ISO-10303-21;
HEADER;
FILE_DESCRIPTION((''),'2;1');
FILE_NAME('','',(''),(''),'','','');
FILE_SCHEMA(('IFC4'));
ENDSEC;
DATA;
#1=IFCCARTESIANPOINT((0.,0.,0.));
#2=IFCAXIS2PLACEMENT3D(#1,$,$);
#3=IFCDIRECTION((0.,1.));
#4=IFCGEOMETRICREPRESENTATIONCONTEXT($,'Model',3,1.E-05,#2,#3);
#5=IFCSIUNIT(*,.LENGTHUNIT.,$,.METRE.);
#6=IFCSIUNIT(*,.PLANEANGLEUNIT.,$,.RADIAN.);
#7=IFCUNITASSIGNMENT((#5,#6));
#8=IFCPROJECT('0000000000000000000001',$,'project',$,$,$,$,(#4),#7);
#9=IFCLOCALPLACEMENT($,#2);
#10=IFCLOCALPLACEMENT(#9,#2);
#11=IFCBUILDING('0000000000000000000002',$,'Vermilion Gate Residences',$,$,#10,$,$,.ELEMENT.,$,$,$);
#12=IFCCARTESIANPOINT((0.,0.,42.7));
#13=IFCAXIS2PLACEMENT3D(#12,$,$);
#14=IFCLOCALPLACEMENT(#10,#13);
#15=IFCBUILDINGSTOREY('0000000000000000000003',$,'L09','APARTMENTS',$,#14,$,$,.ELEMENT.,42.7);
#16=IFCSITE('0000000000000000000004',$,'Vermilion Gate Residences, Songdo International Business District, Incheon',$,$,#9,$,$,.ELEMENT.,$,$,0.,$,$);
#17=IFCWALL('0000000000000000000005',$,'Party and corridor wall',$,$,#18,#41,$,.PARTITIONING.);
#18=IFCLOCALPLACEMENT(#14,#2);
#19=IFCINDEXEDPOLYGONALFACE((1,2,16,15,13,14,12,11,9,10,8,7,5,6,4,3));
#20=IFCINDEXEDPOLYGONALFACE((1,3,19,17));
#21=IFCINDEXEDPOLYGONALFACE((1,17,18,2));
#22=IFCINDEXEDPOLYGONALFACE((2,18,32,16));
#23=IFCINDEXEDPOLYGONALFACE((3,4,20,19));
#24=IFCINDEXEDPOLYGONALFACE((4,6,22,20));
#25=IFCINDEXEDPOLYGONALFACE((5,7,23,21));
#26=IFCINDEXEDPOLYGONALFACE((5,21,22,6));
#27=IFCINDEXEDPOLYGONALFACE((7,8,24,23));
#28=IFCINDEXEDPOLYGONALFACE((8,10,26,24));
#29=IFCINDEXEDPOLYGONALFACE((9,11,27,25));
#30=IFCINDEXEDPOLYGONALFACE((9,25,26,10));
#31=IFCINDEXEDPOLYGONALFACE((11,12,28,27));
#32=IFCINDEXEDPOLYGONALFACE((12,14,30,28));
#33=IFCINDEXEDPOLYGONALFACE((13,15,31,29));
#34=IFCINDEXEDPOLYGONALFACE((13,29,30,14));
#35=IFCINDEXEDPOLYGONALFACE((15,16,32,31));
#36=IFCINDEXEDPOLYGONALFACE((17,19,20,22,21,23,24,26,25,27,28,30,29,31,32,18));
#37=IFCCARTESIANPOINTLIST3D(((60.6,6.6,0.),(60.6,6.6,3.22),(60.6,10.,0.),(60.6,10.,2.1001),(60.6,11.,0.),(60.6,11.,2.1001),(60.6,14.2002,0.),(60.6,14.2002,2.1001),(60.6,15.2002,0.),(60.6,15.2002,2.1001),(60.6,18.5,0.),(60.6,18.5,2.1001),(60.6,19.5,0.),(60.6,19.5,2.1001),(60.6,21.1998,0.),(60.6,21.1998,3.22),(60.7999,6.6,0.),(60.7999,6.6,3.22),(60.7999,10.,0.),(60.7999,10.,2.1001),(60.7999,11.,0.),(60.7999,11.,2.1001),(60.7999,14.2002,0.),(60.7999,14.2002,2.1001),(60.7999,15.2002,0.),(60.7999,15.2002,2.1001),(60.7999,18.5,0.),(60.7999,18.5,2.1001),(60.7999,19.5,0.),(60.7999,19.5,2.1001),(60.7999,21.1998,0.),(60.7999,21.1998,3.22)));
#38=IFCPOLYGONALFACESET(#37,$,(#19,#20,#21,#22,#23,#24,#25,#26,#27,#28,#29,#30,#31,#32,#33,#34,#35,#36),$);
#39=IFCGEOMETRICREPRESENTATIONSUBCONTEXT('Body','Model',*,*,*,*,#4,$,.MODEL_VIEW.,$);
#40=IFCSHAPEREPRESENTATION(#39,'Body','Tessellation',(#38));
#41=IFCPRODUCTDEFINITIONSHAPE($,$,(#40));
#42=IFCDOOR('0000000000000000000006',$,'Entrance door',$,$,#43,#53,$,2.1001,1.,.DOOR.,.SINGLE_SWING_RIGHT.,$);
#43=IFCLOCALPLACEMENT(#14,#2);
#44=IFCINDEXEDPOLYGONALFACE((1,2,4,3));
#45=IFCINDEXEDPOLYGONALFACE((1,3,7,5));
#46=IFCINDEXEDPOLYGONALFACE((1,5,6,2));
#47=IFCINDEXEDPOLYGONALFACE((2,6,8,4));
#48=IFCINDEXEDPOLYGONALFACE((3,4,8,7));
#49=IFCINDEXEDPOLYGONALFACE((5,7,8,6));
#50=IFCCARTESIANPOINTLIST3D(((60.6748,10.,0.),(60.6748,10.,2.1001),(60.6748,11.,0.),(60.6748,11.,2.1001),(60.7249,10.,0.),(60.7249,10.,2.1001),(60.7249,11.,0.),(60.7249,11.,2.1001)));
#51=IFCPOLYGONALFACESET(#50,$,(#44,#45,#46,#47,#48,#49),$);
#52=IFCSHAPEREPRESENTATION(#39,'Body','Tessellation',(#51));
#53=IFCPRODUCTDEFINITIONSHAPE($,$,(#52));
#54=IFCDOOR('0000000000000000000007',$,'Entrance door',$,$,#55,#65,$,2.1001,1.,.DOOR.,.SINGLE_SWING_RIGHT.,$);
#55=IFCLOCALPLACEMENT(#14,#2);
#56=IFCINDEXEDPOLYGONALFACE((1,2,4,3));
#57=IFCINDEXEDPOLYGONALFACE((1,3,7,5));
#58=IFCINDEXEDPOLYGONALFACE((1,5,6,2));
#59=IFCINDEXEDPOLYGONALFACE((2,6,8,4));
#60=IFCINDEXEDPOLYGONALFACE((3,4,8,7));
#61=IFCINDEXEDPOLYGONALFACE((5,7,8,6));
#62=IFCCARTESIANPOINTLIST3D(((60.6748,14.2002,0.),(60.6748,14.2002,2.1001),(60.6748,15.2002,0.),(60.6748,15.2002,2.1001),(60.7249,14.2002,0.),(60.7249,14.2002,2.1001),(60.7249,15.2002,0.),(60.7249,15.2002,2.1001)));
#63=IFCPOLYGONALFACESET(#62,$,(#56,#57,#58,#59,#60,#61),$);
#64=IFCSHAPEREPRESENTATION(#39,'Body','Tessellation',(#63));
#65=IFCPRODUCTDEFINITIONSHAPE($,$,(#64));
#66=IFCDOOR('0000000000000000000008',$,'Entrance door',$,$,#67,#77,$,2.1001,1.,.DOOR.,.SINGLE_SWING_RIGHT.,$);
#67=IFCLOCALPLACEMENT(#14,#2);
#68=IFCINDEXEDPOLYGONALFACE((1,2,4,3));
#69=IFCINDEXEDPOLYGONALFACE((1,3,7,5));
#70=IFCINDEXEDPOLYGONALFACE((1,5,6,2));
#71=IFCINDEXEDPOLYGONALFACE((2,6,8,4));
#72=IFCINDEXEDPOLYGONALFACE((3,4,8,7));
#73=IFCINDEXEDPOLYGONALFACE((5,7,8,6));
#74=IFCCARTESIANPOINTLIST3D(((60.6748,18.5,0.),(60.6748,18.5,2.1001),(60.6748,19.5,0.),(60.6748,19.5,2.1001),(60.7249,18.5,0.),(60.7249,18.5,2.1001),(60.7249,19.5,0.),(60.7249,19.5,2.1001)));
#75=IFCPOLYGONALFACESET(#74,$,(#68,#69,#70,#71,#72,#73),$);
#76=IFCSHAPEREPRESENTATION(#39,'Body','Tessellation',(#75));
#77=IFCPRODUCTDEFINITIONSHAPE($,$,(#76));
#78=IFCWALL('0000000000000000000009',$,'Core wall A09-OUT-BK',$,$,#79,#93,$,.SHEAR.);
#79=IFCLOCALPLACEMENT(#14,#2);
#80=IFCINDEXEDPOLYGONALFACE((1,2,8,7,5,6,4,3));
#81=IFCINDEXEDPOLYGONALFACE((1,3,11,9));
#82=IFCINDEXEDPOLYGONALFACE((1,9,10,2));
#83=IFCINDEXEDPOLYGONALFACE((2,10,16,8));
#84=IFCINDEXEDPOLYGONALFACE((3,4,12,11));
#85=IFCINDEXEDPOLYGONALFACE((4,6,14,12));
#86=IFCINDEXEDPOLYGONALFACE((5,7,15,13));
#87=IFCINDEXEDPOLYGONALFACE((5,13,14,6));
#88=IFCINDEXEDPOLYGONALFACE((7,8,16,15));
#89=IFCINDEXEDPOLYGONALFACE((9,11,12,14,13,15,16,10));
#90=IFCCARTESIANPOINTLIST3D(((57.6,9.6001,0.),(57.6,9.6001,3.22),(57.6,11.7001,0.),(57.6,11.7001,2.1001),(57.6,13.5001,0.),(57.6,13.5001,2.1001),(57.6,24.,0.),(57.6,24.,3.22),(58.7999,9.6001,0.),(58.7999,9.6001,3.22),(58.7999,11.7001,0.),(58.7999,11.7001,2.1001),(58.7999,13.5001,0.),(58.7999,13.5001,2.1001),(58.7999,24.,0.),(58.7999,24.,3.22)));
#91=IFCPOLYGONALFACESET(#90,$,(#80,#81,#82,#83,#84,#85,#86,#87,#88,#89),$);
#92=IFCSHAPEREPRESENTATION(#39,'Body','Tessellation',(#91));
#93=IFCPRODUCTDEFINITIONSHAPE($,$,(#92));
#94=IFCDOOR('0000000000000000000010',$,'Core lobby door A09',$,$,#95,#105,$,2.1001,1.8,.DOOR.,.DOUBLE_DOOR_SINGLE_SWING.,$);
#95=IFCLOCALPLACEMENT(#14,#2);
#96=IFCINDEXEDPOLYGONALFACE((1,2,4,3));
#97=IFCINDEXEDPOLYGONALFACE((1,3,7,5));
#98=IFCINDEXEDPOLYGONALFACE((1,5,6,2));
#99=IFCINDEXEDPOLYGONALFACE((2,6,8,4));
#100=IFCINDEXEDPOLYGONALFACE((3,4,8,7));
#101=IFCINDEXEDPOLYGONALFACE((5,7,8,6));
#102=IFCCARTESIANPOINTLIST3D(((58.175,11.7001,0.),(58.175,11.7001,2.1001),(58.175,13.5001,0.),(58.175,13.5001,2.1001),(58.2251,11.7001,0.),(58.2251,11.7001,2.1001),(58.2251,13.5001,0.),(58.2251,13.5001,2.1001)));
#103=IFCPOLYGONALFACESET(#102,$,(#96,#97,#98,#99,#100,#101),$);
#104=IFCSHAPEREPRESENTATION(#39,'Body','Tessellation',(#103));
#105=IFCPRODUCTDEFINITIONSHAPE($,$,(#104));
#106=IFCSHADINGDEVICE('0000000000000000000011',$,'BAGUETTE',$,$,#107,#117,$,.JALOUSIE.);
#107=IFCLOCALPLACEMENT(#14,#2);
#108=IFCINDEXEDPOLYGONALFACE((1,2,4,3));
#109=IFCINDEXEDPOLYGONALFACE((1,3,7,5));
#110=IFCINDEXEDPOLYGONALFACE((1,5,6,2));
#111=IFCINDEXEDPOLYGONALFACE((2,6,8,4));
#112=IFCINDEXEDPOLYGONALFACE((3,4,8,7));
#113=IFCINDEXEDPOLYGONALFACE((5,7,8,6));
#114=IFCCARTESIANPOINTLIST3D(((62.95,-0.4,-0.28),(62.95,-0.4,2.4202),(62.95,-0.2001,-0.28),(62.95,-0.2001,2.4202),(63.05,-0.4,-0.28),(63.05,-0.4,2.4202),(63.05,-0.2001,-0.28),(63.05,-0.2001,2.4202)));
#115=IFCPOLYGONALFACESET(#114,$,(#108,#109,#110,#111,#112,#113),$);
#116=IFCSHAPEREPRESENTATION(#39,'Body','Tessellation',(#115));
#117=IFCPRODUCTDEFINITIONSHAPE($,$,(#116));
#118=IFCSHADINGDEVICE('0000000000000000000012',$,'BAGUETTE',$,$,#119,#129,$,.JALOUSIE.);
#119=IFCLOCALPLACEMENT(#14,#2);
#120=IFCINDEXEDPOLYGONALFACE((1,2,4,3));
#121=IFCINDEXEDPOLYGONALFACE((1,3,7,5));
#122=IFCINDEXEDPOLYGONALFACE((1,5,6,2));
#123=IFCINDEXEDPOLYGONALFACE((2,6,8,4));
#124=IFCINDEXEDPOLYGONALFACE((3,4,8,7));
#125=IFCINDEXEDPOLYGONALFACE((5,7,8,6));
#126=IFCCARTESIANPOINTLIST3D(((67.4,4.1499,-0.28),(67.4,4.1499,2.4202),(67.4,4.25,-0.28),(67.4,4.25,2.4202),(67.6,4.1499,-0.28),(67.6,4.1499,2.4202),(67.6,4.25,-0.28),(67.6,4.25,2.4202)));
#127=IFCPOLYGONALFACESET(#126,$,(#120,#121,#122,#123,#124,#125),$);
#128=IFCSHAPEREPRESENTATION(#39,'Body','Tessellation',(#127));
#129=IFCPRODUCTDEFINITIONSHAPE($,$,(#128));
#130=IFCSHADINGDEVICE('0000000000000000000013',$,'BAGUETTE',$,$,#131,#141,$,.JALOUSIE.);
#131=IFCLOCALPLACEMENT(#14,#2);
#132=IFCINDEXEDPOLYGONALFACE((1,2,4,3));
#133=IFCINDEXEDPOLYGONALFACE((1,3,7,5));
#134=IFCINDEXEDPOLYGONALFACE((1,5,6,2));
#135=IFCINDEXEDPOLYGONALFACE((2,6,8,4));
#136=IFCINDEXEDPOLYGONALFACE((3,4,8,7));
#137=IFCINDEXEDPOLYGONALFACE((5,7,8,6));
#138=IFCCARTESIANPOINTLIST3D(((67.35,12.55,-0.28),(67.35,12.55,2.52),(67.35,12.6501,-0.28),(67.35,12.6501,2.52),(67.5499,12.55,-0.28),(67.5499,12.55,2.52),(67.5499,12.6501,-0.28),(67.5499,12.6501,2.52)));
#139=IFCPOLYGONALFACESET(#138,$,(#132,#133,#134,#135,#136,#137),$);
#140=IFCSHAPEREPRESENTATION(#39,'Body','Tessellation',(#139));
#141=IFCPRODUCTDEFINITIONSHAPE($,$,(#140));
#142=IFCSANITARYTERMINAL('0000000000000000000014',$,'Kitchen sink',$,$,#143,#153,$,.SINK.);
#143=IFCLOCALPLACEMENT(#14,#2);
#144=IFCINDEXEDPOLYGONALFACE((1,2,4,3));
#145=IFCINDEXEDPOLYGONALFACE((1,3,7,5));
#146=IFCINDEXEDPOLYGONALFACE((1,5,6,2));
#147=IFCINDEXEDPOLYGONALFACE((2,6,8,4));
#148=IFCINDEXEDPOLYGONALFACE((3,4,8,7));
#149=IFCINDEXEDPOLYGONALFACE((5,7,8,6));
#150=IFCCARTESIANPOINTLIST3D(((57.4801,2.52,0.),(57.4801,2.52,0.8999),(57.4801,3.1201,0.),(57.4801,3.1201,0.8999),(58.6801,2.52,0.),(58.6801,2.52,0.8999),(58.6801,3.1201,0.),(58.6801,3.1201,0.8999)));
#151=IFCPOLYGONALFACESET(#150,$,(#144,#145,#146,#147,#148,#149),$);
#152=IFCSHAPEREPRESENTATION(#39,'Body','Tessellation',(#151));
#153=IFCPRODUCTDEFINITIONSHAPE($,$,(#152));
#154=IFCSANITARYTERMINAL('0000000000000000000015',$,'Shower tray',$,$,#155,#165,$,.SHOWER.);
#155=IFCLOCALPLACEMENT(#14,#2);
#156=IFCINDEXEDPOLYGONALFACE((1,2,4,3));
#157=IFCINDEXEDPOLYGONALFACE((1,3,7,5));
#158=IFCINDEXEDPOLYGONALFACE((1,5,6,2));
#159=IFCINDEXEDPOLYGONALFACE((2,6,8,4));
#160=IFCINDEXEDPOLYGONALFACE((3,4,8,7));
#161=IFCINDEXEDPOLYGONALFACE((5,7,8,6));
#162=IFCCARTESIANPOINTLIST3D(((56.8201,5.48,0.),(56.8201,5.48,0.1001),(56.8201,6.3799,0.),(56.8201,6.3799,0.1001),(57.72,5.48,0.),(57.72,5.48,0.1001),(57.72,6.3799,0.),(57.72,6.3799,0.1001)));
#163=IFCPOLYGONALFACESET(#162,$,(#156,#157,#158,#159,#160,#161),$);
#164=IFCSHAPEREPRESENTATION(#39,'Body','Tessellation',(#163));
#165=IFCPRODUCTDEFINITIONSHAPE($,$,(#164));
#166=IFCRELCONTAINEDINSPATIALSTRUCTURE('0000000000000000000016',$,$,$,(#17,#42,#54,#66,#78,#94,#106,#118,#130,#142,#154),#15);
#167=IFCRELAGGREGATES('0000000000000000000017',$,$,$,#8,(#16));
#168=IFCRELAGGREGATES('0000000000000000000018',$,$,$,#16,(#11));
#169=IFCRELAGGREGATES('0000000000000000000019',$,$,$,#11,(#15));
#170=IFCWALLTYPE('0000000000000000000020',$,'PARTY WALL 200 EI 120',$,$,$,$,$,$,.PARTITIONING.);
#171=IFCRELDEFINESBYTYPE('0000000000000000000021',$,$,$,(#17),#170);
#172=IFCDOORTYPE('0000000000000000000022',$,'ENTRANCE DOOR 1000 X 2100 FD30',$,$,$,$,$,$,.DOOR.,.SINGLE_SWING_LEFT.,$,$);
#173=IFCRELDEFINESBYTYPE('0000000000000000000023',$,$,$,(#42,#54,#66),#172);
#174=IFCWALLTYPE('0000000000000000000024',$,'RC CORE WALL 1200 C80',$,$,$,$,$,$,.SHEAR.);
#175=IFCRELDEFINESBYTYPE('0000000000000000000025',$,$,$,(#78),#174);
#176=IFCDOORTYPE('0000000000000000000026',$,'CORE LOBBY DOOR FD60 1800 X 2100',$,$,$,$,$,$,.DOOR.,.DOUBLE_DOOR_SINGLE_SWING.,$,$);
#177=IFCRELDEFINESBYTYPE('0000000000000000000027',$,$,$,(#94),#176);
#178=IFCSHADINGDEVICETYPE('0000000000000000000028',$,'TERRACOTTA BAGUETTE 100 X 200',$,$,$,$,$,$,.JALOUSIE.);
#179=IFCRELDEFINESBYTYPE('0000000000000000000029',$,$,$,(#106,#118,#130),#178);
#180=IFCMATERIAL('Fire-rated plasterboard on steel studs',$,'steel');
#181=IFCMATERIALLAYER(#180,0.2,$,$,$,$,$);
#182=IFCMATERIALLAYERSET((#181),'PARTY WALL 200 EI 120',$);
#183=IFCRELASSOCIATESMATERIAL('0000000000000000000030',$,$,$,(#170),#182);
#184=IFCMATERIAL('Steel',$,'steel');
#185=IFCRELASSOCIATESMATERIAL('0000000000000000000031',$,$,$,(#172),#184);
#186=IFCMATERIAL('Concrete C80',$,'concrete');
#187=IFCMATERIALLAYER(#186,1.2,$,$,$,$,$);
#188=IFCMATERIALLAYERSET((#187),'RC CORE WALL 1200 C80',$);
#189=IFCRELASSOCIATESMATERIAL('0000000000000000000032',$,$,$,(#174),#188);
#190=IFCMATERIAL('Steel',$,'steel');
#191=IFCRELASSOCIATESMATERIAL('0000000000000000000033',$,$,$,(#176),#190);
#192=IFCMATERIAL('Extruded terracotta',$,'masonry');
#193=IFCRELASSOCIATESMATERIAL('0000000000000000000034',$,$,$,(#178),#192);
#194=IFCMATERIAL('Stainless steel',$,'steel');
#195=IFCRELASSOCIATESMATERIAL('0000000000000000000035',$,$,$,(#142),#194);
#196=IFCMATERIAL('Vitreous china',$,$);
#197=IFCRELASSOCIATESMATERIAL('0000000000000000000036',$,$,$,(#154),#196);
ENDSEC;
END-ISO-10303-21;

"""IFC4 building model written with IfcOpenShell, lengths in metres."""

from ifc_helpers import new_model, si_unit, direction, frame, frame_2d, origin, origin_2d, place, context, subcontext, project, spatial, rectangle, extrude, material, layer, layer_set, material_profile, profile_set, type_object, element, fill, save


model = new_model("IFC4")

# Units and contexts
model_context = context("Model", 3, precision=1e-05, world=origin(), true_north=direction((0.0, 1.0)))
body_context = subcontext(model_context, "Body", "Model", "MODEL_VIEW")
ifc_project = project(units=[si_unit("LENGTHUNIT", "METRE"), si_unit("PLANEANGLEUNIT", "RADIAN")], contexts=[model_context])

# Site, building, storey
site_placement = place(None, origin())
site = spatial("IfcSite", under=ifc_project, at=site_placement, Name="Vermilion Gate Residences, Songdo International Business District, Incheon", CompositionType="ELEMENT", RefElevation=0.0)
building_placement = place(site_placement, origin())
building = spatial("IfcBuilding", under=site, at=building_placement, Name="Vermilion Gate Residences", CompositionType="ELEMENT")
storey_placement = place(building_placement, frame((0.0, 0.0, 42.7)))
storey = spatial("IfcBuildingStorey", under=building, at=storey_placement, Name="L09", Description="APARTMENTS", CompositionType="ELEMENT", Elevation=42.7)

# Shared definitions
ifc_material_1 = material(Name="Fire-rated plasterboard on steel studs", Category="steel")
ifc_layer_1 = layer(ifc_material_1, 0.2)
ifc_layer_set_1 = layer_set([ifc_layer_1], Name="PARTY WALL 200 EI 120")
wall_type_1 = type_object("IfcWallType", Name="PARTY WALL 200 EI 120", PredefinedType="PARTITIONING", material=ifc_layer_set_1)

# Wall, openings, doors
wall_1_placement = place(storey_placement, frame((60.7, 6.6001, 0.0), z_axis=(0.0, 0.0, 1.0), x_axis=(0.0, 1.0, 0.0)))
wall_1 = element("IfcWall", 1, at=wall_1_placement, inside=storey, type_object=wall_type_1, Name="Party and corridor wall", PredefinedType="PARTITIONING", context=body_context, shape_type="SweptSolid", body=[
    extrude(rectangle(XDim=14.5999, YDim=0.2, at=frame_2d((7.2998, 0.0))), origin(), (0.0, 0.0, 1.0), 3.22),
])
opening_1_placement = place(wall_1_placement, frame((3.3999, 0.0, 0.0)))
opening_1 = element("IfcOpeningElement", 2, at=opening_1_placement, cuts=wall_1, PredefinedType="OPENING", context=body_context, shape_type="SweptSolid", body=[
    extrude(rectangle(XDim=1.0, YDim=2.1001, at=frame_2d((0.5, 1.05))), frame((0.0, 0.1099, 0.0), z_axis=(0.0, -1.0, 0.0), x_axis=(1.0, 0.0, 0.0)), (0.0, 0.0, 1.0), 0.22),
])
opening_2_placement = place(wall_1_placement, frame((7.6001, 0.0, 0.0)))
opening_2 = element("IfcOpeningElement", 3, at=opening_2_placement, cuts=wall_1, PredefinedType="OPENING", context=body_context, shape_type="SweptSolid", body=[
    extrude(rectangle(XDim=1.0, YDim=2.1001, at=frame_2d((0.5, 1.05))), frame((0.0, 0.1099, 0.0), z_axis=(0.0, -1.0, 0.0), x_axis=(1.0, 0.0, 0.0)), (0.0, 0.0, 1.0), 0.22),
])
opening_3_placement = place(wall_1_placement, frame((11.8999, 0.0, 0.0)))
opening_3 = element("IfcOpeningElement", 4, at=opening_3_placement, cuts=wall_1, PredefinedType="OPENING", context=body_context, shape_type="SweptSolid", body=[
    extrude(rectangle(XDim=1.0, YDim=2.1001, at=frame_2d((0.5, 1.05))), frame((0.0, 0.1099, 0.0), z_axis=(0.0, -1.0, 0.0), x_axis=(1.0, 0.0, 0.0)), (0.0, 0.0, 1.0), 0.22),
])
ifc_material_2 = material(Name="Steel", Category="steel")
door_type_1 = type_object("IfcDoorType", Name="ENTRANCE DOOR 1000 X 2100 FD30", OperationType="SINGLE_SWING_LEFT", PredefinedType="DOOR", material=ifc_material_2)
door_1_placement = place(opening_1_placement, frame((1.0, 0.0, 0.0), z_axis=(0.0, 0.0, 1.0), x_axis=(-1.0, 0.0, 0.0)))
door_1 = element("IfcDoor", 5, at=door_1_placement, inside=storey, type_object=door_type_1, Name="Entrance door", OperationType="SINGLE_SWING_RIGHT", OverallHeight=2.1001, OverallWidth=1.0, PredefinedType="DOOR", context=body_context, shape_type="SweptSolid", body=[
    extrude(rectangle(XDim=1.0, YDim=2.1001, at=frame_2d((0.5, 1.05))), frame((0.0, 0.0249, 0.0), z_axis=(0.0, -1.0, 0.0), x_axis=(1.0, 0.0, 0.0)), (0.0, 0.0, 1.0), 0.05),
])
fill(opening_1, door_1)
door_2_placement = place(opening_2_placement, frame((1.0, 0.0, 0.0), z_axis=(0.0, 0.0, 1.0), x_axis=(-1.0, 0.0, 0.0)))
door_2 = element("IfcDoor", 6, at=door_2_placement, inside=storey, type_object=door_type_1, Name="Entrance door", OperationType="SINGLE_SWING_RIGHT", OverallHeight=2.1001, OverallWidth=1.0, PredefinedType="DOOR", context=body_context, shape_type="SweptSolid", body=[
    extrude(rectangle(XDim=1.0, YDim=2.1001, at=frame_2d((0.5, 1.05))), frame((0.0, 0.0249, 0.0), z_axis=(0.0, -1.0, 0.0), x_axis=(1.0, 0.0, 0.0)), (0.0, 0.0, 1.0), 0.05),
])
fill(opening_2, door_2)
door_3_placement = place(opening_3_placement, frame((1.0, 0.0, 0.0), z_axis=(0.0, 0.0, 1.0), x_axis=(-1.0, 0.0, 0.0)))
door_3 = element("IfcDoor", 7, at=door_3_placement, inside=storey, type_object=door_type_1, Name="Entrance door", OperationType="SINGLE_SWING_RIGHT", OverallHeight=2.1001, OverallWidth=1.0, PredefinedType="DOOR", context=body_context, shape_type="SweptSolid", body=[
    extrude(rectangle(XDim=1.0, YDim=2.1001, at=frame_2d((0.5, 1.05))), frame((0.0, 0.0249, 0.0), z_axis=(0.0, -1.0, 0.0), x_axis=(1.0, 0.0, 0.0)), (0.0, 0.0, 1.0), 0.05),
])
fill(opening_3, door_3)

# Wall, opening, door
ifc_material_3 = material(Name="Concrete C80", Category="concrete")
ifc_layer_2 = layer(ifc_material_3, 1.2)
ifc_layer_set_2 = layer_set([ifc_layer_2], Name="RC CORE WALL 1200 C80")
wall_type_2 = type_object("IfcWallType", Name="RC CORE WALL 1200 C80", PredefinedType="SHEAR", material=ifc_layer_set_2)
wall_2_placement = place(storey_placement, frame((58.2, 9.6001, 0.0), z_axis=(0.0, 0.0, 1.0), x_axis=(0.0, 1.0, 0.0)))
wall_2 = element("IfcWall", 8, at=wall_2_placement, inside=storey, type_object=wall_type_2, Name="Core wall A09-OUT-BK", PredefinedType="SHEAR", context=body_context, shape_type="SweptSolid", body=[
    extrude(rectangle(XDim=14.3999, YDim=1.2, at=frame_2d((7.2, 0.0))), origin(), (0.0, 0.0, 1.0), 3.22),
])
opening_4_placement = place(wall_2_placement, frame((2.1001, 0.0, 0.0)))
opening_4 = element("IfcOpeningElement", 9, at=opening_4_placement, cuts=wall_2, PredefinedType="OPENING", context=body_context, shape_type="SweptSolid", body=[
    extrude(rectangle(XDim=1.8, YDim=2.1001, at=frame_2d((0.8999, 1.05))), frame((0.0, 0.6099, 0.0), z_axis=(0.0, -1.0, 0.0), x_axis=(1.0, 0.0, 0.0)), (0.0, 0.0, 1.0), 1.22),
])
ifc_material_4 = material(Name="Steel", Category="steel")
door_type_2 = type_object("IfcDoorType", Name="CORE LOBBY DOOR FD60 1800 X 2100", OperationType="DOUBLE_DOOR_SINGLE_SWING", PredefinedType="DOOR", material=ifc_material_4)
door_4_placement = place(opening_4_placement, origin())
door_4 = element("IfcDoor", 10, at=door_4_placement, inside=storey, type_object=door_type_2, Name="Core lobby door A09", OperationType="DOUBLE_DOOR_SINGLE_SWING", OverallHeight=2.1001, OverallWidth=1.8, PredefinedType="DOOR", context=body_context, shape_type="SweptSolid", body=[
    extrude(rectangle(XDim=1.8, YDim=2.1001, at=frame_2d((0.8999, 1.05))), frame((0.0, 0.0249, 0.0), z_axis=(0.0, -1.0, 0.0), x_axis=(1.0, 0.0, 0.0)), (0.0, 0.0, 1.0), 0.05),
])
fill(opening_4, door_4)

# Shading devices
ifc_material_5 = material(Name="Extruded terracotta", Category="masonry")
ifc_material_profile_1 = material_profile(ifc_material_5, rectangle(XDim=0.2, YDim=0.1001, at=origin_2d()), Name="BAGUETTE 100 X 200")
ifc_profile_set_1 = profile_set([ifc_material_profile_1], Name="Extruded terracotta")
shading_device_type = type_object("IfcShadingDeviceType", Name="TERRACOTTA BAGUETTE 100 X 200", PredefinedType="JALOUSIE", material=ifc_profile_set_1)
for number, where, z_axis, x_axis, name in (
    (11, (63.0, -0.3, -0.28), (0.0, 0.0, 1.0), (0.0, 1.0, 0.0), "BAGUETTE"),
    (12, (67.5, 4.2, -0.28), (0.0, 0.0, 1.0), (-1.0, 0.0, 0.0), "BAGUETTE"),
):
    element("IfcShadingDevice", number, at=place(storey_placement, frame(where, z_axis=z_axis, x_axis=x_axis)), inside=storey, type_object=shading_device_type, Name=name, PredefinedType="JALOUSIE", context=body_context, shape_type="SweptSolid", body=[
        extrude(rectangle(XDim=0.2, YDim=0.1001, at=origin_2d()), origin(), (0.0, 0.0, 1.0), 2.7002),
    ])
shading_device_placement = place(storey_placement, frame((67.45, 12.6001, -0.28), z_axis=(0.0, 0.0, 1.0), x_axis=(-1.0, 0.0, 0.0)))
element("IfcShadingDevice", 13, at=shading_device_placement, inside=storey, type_object=shading_device_type, Name="BAGUETTE", PredefinedType="JALOUSIE", context=body_context, shape_type="SweptSolid", body=[
    extrude(rectangle(XDim=0.2, YDim=0.1001, at=origin_2d()), origin(), (0.0, 0.0, 1.0), 2.8),
])

# Sanitary terminals
ifc_material_6 = material(Name="Stainless steel", Category="steel")
sanitary_terminal_1_placement = place(storey_placement, frame((58.0801, 2.8201, 0.0), z_axis=(0.0, 0.0, 1.0), x_axis=(1.0, 0.0, 0.0)))
element("IfcSanitaryTerminal", 14, at=sanitary_terminal_1_placement, inside=storey, material=ifc_material_6, Name="Kitchen sink", PredefinedType="SINK", context=body_context, shape_type="SweptSolid", body=[
    extrude(rectangle(XDim=1.2, YDim=0.6001, at=origin_2d()), origin(), (0.0, 0.0, 1.0), 0.8999),
])
ifc_material_7 = material(Name="Vitreous china")
sanitary_terminal_2_placement = place(storey_placement, frame((57.27, 5.9299, 0.0), z_axis=(0.0, 0.0, 1.0), x_axis=(1.0, 0.0, 0.0)))
element("IfcSanitaryTerminal", 15, at=sanitary_terminal_2_placement, inside=storey, material=ifc_material_7, Name="Shower tray", PredefinedType="SHOWER", context=body_context, shape_type="SweptSolid", body=[
    extrude(rectangle(XDim=0.8999, YDim=0.8999, at=origin_2d()), origin(), (0.0, 0.0, 1.0), 0.1001),
])

save(model, "model.ifc")
